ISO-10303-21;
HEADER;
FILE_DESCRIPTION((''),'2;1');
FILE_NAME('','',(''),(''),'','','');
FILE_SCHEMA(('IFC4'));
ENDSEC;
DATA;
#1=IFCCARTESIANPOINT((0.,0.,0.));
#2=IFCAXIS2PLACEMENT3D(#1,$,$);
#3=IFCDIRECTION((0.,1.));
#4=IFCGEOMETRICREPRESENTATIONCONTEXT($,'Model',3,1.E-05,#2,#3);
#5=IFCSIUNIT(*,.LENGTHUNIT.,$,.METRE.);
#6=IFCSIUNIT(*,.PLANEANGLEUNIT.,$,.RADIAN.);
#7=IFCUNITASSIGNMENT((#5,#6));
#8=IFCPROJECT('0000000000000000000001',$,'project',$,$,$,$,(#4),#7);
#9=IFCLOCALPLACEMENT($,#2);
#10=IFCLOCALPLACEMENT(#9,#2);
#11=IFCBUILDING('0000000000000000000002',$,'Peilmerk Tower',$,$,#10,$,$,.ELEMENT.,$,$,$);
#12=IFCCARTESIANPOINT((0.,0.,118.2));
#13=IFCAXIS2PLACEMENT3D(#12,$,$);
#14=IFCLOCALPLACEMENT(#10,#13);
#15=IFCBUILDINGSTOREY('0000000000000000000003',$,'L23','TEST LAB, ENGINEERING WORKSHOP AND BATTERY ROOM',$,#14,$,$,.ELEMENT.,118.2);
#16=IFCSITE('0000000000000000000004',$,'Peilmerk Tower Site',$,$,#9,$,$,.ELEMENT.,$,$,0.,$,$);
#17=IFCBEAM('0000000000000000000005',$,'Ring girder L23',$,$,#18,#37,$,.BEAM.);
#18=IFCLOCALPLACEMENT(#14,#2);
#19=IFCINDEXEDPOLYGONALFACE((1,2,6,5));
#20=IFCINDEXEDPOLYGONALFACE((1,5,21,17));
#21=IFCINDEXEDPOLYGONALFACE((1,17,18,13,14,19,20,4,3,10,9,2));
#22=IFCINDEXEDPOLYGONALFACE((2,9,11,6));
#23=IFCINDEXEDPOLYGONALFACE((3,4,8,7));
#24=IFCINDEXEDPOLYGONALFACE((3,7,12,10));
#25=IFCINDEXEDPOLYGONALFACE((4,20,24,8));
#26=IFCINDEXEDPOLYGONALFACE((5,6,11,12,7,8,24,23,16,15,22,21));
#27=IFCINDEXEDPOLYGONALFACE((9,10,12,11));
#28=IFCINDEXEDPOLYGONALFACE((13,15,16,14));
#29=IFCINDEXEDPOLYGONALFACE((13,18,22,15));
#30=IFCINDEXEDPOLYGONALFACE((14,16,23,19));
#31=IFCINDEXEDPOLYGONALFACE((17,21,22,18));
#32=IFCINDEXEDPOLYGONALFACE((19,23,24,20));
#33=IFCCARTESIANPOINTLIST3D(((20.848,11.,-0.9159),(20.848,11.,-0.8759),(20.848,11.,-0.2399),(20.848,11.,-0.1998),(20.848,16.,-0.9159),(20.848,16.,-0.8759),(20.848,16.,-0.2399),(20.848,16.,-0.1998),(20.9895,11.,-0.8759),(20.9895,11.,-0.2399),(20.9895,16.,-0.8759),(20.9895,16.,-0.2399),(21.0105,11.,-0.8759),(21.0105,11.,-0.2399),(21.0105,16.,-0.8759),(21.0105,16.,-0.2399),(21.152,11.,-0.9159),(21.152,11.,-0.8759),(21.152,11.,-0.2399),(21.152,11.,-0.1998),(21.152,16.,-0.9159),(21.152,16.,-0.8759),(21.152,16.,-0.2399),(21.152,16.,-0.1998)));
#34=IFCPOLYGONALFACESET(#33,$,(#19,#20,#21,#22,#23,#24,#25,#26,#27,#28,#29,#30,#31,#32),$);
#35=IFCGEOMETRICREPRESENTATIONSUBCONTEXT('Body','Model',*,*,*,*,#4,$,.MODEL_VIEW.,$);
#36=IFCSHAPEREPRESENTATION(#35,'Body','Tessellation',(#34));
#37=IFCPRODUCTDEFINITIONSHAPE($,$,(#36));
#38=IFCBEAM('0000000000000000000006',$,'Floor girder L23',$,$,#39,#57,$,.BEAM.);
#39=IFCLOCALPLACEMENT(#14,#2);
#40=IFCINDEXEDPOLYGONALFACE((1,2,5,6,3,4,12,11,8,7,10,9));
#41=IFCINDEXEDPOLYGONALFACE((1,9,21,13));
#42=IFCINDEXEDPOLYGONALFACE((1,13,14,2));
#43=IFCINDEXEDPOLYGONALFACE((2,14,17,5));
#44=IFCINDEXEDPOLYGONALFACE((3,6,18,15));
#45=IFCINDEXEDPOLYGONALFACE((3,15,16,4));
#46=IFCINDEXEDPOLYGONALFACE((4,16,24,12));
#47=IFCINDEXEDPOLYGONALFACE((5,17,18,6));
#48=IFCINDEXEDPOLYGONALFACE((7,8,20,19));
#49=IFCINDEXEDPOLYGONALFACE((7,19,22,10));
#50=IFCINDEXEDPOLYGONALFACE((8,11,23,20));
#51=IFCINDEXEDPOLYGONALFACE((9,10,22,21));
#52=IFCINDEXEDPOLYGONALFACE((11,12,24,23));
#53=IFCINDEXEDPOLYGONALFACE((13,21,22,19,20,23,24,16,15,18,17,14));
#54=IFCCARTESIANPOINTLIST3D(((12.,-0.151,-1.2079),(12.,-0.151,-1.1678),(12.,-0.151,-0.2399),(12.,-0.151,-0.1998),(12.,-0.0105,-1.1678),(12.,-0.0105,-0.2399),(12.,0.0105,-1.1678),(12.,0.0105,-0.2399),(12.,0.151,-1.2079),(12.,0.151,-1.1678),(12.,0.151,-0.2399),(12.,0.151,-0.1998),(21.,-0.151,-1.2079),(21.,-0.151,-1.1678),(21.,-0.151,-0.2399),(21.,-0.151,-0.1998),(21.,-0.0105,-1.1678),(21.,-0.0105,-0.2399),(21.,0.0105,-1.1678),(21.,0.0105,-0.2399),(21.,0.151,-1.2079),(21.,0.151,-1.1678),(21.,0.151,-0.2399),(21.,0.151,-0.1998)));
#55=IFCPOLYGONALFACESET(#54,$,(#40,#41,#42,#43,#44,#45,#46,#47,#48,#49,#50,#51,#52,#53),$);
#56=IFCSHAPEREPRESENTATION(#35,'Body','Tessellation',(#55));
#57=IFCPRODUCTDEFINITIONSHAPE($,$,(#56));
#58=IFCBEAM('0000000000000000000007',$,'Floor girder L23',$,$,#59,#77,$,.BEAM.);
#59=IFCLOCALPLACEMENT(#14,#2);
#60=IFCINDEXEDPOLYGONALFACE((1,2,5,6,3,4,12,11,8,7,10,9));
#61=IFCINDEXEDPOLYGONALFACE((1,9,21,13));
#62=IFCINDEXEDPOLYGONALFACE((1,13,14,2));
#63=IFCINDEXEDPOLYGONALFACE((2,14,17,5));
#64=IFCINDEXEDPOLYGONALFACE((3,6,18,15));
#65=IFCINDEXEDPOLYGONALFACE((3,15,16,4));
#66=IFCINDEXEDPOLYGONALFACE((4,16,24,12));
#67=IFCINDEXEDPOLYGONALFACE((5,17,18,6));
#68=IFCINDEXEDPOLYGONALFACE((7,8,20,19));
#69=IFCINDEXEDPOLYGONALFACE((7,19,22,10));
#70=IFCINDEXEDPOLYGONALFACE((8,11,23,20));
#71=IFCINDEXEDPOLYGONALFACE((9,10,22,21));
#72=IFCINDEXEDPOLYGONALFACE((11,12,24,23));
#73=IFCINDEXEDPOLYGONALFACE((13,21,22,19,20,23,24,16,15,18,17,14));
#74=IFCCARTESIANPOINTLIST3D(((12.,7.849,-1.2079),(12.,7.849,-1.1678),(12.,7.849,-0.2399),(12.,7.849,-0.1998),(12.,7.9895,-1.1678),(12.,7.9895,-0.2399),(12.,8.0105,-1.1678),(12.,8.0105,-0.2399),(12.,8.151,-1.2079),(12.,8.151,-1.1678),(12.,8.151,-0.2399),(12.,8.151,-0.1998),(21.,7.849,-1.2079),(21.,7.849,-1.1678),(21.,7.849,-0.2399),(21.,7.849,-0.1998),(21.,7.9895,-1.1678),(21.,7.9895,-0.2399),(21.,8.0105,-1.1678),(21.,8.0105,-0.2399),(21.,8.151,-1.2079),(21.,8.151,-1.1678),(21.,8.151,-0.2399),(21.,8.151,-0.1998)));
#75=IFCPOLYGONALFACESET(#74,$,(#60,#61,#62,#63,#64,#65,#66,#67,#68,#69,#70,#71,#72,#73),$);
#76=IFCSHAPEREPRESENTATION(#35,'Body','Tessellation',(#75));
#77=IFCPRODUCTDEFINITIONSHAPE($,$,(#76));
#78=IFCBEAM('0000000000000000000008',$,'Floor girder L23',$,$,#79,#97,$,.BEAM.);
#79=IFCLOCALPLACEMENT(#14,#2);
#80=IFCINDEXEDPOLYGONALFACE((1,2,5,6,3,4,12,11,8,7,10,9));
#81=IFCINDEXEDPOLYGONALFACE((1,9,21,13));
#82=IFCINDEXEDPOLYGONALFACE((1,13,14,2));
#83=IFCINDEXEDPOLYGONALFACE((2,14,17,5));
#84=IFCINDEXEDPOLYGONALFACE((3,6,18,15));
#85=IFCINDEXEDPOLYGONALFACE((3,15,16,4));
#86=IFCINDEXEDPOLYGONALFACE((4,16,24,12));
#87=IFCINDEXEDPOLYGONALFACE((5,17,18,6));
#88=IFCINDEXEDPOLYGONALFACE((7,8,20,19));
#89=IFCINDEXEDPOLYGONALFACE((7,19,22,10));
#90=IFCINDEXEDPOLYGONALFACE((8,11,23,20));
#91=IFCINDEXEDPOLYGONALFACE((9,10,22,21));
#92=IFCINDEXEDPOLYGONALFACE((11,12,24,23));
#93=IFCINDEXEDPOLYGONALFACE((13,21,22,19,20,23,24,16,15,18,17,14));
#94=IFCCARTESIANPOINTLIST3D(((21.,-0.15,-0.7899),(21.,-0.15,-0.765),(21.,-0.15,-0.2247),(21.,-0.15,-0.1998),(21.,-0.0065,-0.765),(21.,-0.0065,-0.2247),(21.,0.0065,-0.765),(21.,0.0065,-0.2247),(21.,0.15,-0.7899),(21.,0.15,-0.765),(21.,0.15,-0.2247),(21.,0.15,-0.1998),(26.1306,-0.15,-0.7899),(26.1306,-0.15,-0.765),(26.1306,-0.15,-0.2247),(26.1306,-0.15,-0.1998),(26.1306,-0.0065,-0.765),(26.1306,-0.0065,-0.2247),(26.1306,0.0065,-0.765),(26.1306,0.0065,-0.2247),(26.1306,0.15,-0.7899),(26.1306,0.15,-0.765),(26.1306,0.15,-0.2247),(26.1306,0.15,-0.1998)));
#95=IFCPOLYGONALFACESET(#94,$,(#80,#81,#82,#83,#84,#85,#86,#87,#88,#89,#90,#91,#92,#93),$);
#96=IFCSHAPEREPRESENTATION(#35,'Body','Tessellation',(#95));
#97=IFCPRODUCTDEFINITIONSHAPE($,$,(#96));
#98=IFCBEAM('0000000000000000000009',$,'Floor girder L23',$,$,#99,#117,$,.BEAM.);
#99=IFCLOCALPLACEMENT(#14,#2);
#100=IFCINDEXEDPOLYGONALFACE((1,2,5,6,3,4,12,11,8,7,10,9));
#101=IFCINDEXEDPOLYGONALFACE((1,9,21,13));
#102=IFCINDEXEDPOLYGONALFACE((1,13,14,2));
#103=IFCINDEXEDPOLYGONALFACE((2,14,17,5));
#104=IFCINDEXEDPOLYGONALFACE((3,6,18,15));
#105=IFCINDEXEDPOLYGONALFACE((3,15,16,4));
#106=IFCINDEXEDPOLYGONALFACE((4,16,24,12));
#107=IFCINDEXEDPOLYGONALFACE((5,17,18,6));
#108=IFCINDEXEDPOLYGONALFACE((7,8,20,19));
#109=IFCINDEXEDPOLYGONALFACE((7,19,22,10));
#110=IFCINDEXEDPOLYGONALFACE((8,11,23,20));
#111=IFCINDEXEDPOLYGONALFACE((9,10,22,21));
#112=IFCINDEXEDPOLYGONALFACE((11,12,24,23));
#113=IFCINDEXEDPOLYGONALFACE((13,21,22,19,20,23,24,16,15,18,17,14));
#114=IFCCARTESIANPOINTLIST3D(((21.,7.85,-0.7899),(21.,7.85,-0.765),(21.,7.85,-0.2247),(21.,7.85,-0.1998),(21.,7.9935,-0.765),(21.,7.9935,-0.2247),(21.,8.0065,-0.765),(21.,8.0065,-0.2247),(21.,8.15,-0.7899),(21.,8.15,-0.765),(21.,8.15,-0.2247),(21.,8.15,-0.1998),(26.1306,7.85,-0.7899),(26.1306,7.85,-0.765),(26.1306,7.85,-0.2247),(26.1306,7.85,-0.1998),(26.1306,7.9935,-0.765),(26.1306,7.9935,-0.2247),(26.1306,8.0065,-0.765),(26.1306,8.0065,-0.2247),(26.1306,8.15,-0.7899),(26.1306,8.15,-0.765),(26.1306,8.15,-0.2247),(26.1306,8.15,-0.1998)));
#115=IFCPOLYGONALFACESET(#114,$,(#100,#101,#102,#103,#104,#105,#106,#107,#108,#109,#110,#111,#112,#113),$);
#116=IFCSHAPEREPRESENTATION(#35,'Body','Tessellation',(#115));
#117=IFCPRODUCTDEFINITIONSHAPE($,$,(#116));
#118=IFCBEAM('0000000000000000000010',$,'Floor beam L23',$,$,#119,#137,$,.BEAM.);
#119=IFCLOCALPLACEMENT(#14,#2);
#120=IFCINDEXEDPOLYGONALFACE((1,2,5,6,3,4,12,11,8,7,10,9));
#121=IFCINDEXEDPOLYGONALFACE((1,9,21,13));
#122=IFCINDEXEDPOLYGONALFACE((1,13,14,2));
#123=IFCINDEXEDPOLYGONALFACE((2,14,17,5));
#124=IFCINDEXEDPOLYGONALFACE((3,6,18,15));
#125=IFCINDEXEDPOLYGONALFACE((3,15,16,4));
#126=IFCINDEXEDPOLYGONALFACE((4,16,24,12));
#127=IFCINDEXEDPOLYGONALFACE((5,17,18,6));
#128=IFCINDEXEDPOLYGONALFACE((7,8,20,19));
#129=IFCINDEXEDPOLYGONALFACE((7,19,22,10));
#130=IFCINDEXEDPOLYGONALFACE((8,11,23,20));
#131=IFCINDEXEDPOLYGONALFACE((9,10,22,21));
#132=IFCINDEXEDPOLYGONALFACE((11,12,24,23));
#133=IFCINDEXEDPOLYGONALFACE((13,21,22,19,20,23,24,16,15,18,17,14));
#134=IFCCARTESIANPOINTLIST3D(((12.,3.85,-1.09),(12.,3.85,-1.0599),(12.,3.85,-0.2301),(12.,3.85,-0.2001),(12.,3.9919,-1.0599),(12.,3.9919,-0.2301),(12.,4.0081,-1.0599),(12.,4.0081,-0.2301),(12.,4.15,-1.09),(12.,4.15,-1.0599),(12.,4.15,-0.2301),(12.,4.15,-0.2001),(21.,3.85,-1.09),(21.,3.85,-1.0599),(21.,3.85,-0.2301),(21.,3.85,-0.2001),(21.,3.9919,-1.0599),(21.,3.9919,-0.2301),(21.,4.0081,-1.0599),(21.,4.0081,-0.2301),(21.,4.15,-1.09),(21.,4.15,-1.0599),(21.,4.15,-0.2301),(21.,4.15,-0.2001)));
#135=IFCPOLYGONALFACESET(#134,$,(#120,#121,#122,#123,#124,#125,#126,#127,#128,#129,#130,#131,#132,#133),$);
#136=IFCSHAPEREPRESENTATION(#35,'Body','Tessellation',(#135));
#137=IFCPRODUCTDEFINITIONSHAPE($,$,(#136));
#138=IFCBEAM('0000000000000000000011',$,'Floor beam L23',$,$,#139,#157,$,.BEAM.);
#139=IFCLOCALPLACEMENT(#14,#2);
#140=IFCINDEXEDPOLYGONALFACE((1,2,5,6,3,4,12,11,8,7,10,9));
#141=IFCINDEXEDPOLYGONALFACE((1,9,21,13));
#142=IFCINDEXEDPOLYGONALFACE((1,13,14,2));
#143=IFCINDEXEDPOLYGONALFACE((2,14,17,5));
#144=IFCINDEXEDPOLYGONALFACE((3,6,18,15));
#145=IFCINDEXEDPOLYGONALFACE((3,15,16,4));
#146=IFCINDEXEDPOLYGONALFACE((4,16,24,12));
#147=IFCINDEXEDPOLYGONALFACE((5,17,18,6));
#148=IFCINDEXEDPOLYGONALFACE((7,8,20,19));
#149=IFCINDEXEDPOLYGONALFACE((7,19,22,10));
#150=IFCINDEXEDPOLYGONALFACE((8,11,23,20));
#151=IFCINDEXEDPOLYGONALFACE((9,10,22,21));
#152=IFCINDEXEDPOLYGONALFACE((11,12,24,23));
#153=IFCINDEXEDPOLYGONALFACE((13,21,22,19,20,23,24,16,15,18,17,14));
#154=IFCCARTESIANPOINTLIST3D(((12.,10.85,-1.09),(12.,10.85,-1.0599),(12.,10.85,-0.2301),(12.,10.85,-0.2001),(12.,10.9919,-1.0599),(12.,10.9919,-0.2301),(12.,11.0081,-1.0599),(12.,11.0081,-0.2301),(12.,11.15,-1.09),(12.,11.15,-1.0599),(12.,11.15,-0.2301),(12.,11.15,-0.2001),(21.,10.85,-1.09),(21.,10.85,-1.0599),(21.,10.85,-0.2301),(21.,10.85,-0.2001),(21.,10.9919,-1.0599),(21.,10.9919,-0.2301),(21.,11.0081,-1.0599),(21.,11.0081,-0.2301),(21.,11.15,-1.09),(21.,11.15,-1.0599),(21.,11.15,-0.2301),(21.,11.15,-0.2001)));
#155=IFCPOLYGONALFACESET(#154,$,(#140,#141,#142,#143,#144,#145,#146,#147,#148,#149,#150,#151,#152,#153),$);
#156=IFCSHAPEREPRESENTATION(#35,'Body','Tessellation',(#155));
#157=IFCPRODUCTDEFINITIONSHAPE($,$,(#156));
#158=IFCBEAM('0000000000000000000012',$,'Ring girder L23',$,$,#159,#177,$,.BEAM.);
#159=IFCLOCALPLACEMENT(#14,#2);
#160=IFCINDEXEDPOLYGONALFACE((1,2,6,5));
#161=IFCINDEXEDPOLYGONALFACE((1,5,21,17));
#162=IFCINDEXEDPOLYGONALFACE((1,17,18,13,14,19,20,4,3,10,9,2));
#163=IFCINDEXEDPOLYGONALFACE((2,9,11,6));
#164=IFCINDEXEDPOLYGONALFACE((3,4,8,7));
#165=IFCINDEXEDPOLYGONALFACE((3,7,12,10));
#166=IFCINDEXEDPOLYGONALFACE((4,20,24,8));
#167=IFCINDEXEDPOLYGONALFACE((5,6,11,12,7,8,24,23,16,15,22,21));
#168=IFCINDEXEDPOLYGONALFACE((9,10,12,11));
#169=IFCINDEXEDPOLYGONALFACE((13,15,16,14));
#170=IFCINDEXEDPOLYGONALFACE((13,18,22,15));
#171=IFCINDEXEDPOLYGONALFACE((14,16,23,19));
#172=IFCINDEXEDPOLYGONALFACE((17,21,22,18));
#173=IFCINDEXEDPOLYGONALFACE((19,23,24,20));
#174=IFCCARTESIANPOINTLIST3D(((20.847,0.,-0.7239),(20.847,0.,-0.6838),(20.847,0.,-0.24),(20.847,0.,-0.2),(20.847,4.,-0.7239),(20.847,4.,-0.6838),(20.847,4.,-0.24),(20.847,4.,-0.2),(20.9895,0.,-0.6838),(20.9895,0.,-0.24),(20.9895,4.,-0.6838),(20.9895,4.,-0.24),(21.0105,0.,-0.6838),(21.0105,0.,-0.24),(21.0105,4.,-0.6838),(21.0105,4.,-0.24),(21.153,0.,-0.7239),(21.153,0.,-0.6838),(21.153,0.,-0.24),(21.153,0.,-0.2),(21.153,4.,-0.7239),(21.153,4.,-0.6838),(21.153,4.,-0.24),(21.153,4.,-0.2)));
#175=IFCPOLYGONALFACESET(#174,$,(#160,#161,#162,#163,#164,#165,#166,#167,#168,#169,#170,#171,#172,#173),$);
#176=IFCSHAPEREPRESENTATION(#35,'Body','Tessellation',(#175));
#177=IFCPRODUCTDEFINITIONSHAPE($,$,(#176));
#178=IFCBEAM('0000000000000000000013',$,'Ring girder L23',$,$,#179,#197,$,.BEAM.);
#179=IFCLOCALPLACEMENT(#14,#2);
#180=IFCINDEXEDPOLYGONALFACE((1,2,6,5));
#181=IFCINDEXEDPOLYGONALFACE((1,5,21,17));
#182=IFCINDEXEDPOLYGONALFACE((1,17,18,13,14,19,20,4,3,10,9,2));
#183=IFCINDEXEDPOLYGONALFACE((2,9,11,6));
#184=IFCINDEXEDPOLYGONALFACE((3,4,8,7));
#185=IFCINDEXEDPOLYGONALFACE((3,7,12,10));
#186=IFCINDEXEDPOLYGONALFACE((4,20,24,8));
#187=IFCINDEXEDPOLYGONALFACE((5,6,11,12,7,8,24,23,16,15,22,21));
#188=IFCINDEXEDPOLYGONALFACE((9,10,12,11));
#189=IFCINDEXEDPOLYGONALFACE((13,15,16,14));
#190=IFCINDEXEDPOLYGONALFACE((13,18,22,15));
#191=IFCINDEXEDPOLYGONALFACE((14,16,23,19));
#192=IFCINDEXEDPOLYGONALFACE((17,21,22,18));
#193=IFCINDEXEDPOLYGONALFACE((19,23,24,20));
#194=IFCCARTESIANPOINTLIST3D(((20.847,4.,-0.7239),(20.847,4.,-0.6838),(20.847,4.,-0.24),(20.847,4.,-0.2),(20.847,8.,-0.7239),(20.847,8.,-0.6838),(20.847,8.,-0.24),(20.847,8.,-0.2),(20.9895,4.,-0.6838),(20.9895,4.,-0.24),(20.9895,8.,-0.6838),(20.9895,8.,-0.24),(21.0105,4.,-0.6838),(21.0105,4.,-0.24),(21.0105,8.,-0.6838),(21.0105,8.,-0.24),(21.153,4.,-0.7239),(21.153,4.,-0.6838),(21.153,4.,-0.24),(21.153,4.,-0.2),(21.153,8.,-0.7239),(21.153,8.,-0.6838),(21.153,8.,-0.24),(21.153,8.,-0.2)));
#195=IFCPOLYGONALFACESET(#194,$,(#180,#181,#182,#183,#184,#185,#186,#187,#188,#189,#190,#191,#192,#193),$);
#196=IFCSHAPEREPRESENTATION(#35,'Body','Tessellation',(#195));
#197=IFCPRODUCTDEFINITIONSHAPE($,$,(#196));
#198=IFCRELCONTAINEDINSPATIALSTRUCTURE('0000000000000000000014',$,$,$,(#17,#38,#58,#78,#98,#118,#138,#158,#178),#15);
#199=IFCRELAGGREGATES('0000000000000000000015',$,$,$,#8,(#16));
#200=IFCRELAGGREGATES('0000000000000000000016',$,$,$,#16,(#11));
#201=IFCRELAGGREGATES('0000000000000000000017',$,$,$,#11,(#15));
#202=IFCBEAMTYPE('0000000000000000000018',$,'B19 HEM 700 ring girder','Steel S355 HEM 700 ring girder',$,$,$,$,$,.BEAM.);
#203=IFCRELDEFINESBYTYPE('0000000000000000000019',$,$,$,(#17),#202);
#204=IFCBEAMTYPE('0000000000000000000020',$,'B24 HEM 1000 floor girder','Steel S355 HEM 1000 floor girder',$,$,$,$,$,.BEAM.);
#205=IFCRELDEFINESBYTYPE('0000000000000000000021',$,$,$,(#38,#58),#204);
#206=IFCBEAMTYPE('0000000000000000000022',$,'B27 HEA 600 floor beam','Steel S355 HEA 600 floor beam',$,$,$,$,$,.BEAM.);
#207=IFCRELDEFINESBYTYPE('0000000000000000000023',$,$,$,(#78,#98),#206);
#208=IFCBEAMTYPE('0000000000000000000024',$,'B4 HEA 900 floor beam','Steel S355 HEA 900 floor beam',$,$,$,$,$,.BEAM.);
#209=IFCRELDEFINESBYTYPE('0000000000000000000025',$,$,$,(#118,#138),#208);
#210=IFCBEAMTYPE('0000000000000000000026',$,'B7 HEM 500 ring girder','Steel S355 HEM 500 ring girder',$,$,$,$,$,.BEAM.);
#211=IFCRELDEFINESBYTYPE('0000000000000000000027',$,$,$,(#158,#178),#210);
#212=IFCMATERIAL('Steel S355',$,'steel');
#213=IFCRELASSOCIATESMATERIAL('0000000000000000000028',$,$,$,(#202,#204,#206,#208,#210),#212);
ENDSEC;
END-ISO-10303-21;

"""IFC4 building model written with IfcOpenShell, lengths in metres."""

from ifc_helpers import new_model, si_unit, direction, frame, origin, origin_2d, place, context, subcontext, project, spatial, i_section, extrude, material, material_profile, profile_set, type_object, element, save


model = new_model("IFC4")

# Units and contexts
model_context = context("Model", 3, precision=1e-05, world=origin(), true_north=direction((0.0, 1.0)))
body_context = subcontext(model_context, "Body", "Model", "MODEL_VIEW")
ifc_project = project(units=[si_unit("LENGTHUNIT", "METRE"), si_unit("PLANEANGLEUNIT", "RADIAN")], contexts=[model_context])

# Site, building, storey
site_placement = place(None, origin())
site = spatial("IfcSite", under=ifc_project, at=site_placement, Name="Peilmerk Tower Site", CompositionType="ELEMENT", RefElevation=0.0)
building_placement = place(site_placement, origin())
building = spatial("IfcBuilding", under=site, at=building_placement, Name="Peilmerk Tower", CompositionType="ELEMENT")
storey_placement = place(building_placement, frame((0.0, 0.0, 118.2)))
storey = spatial("IfcBuildingStorey", under=building, at=storey_placement, Name="L23", Description="TEST LAB, ENGINEERING WORKSHOP AND BATTERY ROOM", CompositionType="ELEMENT", Elevation=118.2)

# Beams
ifc_material_1 = material(Name="Steel S355", Category="steel")
ifc_material_profile_1 = material_profile(ifc_material_1, i_section(OverallWidth=0.304, OverallDepth=0.7161, WebThickness=0.021, FlangeThickness=0.04, at=origin_2d()), Name="HEM 700")
ifc_profile_set_1 = profile_set([ifc_material_profile_1], Name="Steel S355")
beam_type_1 = type_object("IfcBeamType", Name="B19 HEM 700 ring girder", Description="Steel S355 HEM 700 ring girder", PredefinedType="BEAM", material=ifc_profile_set_1)
beam_1_placement = place(storey_placement, frame((21.0, 11.0, -0.5579), z_axis=(0.0, 1.0, 0.0), x_axis=(-1.0, 0.0, 0.0)))
element("IfcBeam", 1, at=beam_1_placement, inside=storey, type_object=beam_type_1, Name="Ring girder L23", PredefinedType="BEAM", context=body_context, shape_type="SweptSolid", body=[
    extrude(i_section(OverallWidth=0.304, OverallDepth=0.7161, WebThickness=0.021, FlangeThickness=0.04, at=origin_2d()), origin(), (0.0, 0.0, 1.0), 5.0),
])
ifc_material_profile_2 = material_profile(ifc_material_1, i_section(OverallWidth=0.302, OverallDepth=1.0081, WebThickness=0.021, FlangeThickness=0.04, at=origin_2d()), Name="HEM 1000")
ifc_profile_set_2 = profile_set([ifc_material_profile_2], Name="Steel S355")
beam_type_2 = type_object("IfcBeamType", Name="B24 HEM 1000 floor girder", Description="Steel S355 HEM 1000 floor girder", PredefinedType="BEAM", material=ifc_profile_set_2)
for number, where, z_axis, x_axis, name in (
    (2, (12.0, 0.0, -0.7039), (1.0, 0.0, 0.0), (0.0, 1.0, 0.0), "Floor girder L23"),
    (3, (12.0, 8.0, -0.7039), (1.0, 0.0, 0.0), (0.0, 1.0, 0.0), "Floor girder L23"),
):
    element("IfcBeam", number, at=place(storey_placement, frame(where, z_axis=z_axis, x_axis=x_axis)), inside=storey, type_object=beam_type_2, Name=name, PredefinedType="BEAM", context=body_context, shape_type="SweptSolid", body=[
        extrude(i_section(OverallWidth=0.302, OverallDepth=1.0081, WebThickness=0.021, FlangeThickness=0.04, at=origin_2d()), origin(), (0.0, 0.0, 1.0), 9.0),
    ])
ifc_material_profile_3 = material_profile(ifc_material_1, i_section(OverallWidth=0.3, OverallDepth=0.5901, WebThickness=0.0129, FlangeThickness=0.0249, at=origin_2d()), Name="HEA 600")
ifc_profile_set_3 = profile_set([ifc_material_profile_3], Name="Steel S355")
beam_type_3 = type_object("IfcBeamType", Name="B27 HEA 600 floor beam", Description="Steel S355 HEA 600 floor beam", PredefinedType="BEAM", material=ifc_profile_set_3)
for number, where, z_axis, x_axis, name in (
    (4, (21.0, 0.0, -0.4949), (1.0, 0.0, 0.0), (0.0, 1.0, 0.0), "Floor girder L23"),
    (5, (21.0, 8.0, -0.4949), (1.0, 0.0, 0.0), (0.0, 1.0, 0.0), "Floor girder L23"),
):
    element("IfcBeam", number, at=place(storey_placement, frame(where, z_axis=z_axis, x_axis=x_axis)), inside=storey, type_object=beam_type_3, Name=name, PredefinedType="BEAM", context=body_context, shape_type="SweptSolid", body=[
        extrude(i_section(OverallWidth=0.3, OverallDepth=0.5901, WebThickness=0.0129, FlangeThickness=0.0249, at=origin_2d()), origin(), (0.0, 0.0, 1.0), 5.1306),
    ])
ifc_material_profile_4 = material_profile(ifc_material_1, i_section(OverallWidth=0.3, OverallDepth=0.8899, WebThickness=0.0161, FlangeThickness=0.03, at=origin_2d()), Name="HEA 900")
ifc_profile_set_4 = profile_set([ifc_material_profile_4], Name="Steel S355")
beam_type_4 = type_object("IfcBeamType", Name="B4 HEA 900 floor beam", Description="Steel S355 HEA 900 floor beam", PredefinedType="BEAM", material=ifc_profile_set_4)
for number, where, z_axis, x_axis, name in (
    (6, (12.0, 4.0, -0.645), (1.0, 0.0, 0.0), (0.0, 1.0, 0.0), "Floor beam L23"),
    (7, (12.0, 11.0, -0.645), (1.0, 0.0, 0.0), (0.0, 1.0, 0.0), "Floor beam L23"),
):
    element("IfcBeam", number, at=place(storey_placement, frame(where, z_axis=z_axis, x_axis=x_axis)), inside=storey, type_object=beam_type_4, Name=name, PredefinedType="BEAM", context=body_context, shape_type="SweptSolid", body=[
        extrude(i_section(OverallWidth=0.3, OverallDepth=0.8899, WebThickness=0.0161, FlangeThickness=0.03, at=origin_2d()), origin(), (0.0, 0.0, 1.0), 9.0),
    ])
ifc_material_profile_5 = material_profile(ifc_material_1, i_section(OverallWidth=0.3059, OverallDepth=0.5239, WebThickness=0.021, FlangeThickness=0.04, at=origin_2d()), Name="HEM 500")
ifc_profile_set_5 = profile_set([ifc_material_profile_5], Name="Steel S355")
beam_type_5 = type_object("IfcBeamType", Name="B7 HEM 500 ring girder", Description="Steel S355 HEM 500 ring girder", PredefinedType="BEAM", material=ifc_profile_set_5)
for number, where, z_axis, x_axis, name in (
    (8, (21.0, 0.0, -0.4619), (0.0, 1.0, 0.0), (-1.0, 0.0, 0.0), "Ring girder L23"),
    (9, (21.0, 4.0, -0.4619), (0.0, 1.0, 0.0), (-1.0, 0.0, 0.0), "Ring girder L23"),
):
    element("IfcBeam", number, at=place(storey_placement, frame(where, z_axis=z_axis, x_axis=x_axis)), inside=storey, type_object=beam_type_5, Name=name, PredefinedType="BEAM", context=body_context, shape_type="SweptSolid", body=[
        extrude(i_section(OverallWidth=0.3059, OverallDepth=0.5239, WebThickness=0.021, FlangeThickness=0.04, at=origin_2d()), origin(), (0.0, 0.0, 1.0), 4.0),
    ])

save(model, "model.ifc")
